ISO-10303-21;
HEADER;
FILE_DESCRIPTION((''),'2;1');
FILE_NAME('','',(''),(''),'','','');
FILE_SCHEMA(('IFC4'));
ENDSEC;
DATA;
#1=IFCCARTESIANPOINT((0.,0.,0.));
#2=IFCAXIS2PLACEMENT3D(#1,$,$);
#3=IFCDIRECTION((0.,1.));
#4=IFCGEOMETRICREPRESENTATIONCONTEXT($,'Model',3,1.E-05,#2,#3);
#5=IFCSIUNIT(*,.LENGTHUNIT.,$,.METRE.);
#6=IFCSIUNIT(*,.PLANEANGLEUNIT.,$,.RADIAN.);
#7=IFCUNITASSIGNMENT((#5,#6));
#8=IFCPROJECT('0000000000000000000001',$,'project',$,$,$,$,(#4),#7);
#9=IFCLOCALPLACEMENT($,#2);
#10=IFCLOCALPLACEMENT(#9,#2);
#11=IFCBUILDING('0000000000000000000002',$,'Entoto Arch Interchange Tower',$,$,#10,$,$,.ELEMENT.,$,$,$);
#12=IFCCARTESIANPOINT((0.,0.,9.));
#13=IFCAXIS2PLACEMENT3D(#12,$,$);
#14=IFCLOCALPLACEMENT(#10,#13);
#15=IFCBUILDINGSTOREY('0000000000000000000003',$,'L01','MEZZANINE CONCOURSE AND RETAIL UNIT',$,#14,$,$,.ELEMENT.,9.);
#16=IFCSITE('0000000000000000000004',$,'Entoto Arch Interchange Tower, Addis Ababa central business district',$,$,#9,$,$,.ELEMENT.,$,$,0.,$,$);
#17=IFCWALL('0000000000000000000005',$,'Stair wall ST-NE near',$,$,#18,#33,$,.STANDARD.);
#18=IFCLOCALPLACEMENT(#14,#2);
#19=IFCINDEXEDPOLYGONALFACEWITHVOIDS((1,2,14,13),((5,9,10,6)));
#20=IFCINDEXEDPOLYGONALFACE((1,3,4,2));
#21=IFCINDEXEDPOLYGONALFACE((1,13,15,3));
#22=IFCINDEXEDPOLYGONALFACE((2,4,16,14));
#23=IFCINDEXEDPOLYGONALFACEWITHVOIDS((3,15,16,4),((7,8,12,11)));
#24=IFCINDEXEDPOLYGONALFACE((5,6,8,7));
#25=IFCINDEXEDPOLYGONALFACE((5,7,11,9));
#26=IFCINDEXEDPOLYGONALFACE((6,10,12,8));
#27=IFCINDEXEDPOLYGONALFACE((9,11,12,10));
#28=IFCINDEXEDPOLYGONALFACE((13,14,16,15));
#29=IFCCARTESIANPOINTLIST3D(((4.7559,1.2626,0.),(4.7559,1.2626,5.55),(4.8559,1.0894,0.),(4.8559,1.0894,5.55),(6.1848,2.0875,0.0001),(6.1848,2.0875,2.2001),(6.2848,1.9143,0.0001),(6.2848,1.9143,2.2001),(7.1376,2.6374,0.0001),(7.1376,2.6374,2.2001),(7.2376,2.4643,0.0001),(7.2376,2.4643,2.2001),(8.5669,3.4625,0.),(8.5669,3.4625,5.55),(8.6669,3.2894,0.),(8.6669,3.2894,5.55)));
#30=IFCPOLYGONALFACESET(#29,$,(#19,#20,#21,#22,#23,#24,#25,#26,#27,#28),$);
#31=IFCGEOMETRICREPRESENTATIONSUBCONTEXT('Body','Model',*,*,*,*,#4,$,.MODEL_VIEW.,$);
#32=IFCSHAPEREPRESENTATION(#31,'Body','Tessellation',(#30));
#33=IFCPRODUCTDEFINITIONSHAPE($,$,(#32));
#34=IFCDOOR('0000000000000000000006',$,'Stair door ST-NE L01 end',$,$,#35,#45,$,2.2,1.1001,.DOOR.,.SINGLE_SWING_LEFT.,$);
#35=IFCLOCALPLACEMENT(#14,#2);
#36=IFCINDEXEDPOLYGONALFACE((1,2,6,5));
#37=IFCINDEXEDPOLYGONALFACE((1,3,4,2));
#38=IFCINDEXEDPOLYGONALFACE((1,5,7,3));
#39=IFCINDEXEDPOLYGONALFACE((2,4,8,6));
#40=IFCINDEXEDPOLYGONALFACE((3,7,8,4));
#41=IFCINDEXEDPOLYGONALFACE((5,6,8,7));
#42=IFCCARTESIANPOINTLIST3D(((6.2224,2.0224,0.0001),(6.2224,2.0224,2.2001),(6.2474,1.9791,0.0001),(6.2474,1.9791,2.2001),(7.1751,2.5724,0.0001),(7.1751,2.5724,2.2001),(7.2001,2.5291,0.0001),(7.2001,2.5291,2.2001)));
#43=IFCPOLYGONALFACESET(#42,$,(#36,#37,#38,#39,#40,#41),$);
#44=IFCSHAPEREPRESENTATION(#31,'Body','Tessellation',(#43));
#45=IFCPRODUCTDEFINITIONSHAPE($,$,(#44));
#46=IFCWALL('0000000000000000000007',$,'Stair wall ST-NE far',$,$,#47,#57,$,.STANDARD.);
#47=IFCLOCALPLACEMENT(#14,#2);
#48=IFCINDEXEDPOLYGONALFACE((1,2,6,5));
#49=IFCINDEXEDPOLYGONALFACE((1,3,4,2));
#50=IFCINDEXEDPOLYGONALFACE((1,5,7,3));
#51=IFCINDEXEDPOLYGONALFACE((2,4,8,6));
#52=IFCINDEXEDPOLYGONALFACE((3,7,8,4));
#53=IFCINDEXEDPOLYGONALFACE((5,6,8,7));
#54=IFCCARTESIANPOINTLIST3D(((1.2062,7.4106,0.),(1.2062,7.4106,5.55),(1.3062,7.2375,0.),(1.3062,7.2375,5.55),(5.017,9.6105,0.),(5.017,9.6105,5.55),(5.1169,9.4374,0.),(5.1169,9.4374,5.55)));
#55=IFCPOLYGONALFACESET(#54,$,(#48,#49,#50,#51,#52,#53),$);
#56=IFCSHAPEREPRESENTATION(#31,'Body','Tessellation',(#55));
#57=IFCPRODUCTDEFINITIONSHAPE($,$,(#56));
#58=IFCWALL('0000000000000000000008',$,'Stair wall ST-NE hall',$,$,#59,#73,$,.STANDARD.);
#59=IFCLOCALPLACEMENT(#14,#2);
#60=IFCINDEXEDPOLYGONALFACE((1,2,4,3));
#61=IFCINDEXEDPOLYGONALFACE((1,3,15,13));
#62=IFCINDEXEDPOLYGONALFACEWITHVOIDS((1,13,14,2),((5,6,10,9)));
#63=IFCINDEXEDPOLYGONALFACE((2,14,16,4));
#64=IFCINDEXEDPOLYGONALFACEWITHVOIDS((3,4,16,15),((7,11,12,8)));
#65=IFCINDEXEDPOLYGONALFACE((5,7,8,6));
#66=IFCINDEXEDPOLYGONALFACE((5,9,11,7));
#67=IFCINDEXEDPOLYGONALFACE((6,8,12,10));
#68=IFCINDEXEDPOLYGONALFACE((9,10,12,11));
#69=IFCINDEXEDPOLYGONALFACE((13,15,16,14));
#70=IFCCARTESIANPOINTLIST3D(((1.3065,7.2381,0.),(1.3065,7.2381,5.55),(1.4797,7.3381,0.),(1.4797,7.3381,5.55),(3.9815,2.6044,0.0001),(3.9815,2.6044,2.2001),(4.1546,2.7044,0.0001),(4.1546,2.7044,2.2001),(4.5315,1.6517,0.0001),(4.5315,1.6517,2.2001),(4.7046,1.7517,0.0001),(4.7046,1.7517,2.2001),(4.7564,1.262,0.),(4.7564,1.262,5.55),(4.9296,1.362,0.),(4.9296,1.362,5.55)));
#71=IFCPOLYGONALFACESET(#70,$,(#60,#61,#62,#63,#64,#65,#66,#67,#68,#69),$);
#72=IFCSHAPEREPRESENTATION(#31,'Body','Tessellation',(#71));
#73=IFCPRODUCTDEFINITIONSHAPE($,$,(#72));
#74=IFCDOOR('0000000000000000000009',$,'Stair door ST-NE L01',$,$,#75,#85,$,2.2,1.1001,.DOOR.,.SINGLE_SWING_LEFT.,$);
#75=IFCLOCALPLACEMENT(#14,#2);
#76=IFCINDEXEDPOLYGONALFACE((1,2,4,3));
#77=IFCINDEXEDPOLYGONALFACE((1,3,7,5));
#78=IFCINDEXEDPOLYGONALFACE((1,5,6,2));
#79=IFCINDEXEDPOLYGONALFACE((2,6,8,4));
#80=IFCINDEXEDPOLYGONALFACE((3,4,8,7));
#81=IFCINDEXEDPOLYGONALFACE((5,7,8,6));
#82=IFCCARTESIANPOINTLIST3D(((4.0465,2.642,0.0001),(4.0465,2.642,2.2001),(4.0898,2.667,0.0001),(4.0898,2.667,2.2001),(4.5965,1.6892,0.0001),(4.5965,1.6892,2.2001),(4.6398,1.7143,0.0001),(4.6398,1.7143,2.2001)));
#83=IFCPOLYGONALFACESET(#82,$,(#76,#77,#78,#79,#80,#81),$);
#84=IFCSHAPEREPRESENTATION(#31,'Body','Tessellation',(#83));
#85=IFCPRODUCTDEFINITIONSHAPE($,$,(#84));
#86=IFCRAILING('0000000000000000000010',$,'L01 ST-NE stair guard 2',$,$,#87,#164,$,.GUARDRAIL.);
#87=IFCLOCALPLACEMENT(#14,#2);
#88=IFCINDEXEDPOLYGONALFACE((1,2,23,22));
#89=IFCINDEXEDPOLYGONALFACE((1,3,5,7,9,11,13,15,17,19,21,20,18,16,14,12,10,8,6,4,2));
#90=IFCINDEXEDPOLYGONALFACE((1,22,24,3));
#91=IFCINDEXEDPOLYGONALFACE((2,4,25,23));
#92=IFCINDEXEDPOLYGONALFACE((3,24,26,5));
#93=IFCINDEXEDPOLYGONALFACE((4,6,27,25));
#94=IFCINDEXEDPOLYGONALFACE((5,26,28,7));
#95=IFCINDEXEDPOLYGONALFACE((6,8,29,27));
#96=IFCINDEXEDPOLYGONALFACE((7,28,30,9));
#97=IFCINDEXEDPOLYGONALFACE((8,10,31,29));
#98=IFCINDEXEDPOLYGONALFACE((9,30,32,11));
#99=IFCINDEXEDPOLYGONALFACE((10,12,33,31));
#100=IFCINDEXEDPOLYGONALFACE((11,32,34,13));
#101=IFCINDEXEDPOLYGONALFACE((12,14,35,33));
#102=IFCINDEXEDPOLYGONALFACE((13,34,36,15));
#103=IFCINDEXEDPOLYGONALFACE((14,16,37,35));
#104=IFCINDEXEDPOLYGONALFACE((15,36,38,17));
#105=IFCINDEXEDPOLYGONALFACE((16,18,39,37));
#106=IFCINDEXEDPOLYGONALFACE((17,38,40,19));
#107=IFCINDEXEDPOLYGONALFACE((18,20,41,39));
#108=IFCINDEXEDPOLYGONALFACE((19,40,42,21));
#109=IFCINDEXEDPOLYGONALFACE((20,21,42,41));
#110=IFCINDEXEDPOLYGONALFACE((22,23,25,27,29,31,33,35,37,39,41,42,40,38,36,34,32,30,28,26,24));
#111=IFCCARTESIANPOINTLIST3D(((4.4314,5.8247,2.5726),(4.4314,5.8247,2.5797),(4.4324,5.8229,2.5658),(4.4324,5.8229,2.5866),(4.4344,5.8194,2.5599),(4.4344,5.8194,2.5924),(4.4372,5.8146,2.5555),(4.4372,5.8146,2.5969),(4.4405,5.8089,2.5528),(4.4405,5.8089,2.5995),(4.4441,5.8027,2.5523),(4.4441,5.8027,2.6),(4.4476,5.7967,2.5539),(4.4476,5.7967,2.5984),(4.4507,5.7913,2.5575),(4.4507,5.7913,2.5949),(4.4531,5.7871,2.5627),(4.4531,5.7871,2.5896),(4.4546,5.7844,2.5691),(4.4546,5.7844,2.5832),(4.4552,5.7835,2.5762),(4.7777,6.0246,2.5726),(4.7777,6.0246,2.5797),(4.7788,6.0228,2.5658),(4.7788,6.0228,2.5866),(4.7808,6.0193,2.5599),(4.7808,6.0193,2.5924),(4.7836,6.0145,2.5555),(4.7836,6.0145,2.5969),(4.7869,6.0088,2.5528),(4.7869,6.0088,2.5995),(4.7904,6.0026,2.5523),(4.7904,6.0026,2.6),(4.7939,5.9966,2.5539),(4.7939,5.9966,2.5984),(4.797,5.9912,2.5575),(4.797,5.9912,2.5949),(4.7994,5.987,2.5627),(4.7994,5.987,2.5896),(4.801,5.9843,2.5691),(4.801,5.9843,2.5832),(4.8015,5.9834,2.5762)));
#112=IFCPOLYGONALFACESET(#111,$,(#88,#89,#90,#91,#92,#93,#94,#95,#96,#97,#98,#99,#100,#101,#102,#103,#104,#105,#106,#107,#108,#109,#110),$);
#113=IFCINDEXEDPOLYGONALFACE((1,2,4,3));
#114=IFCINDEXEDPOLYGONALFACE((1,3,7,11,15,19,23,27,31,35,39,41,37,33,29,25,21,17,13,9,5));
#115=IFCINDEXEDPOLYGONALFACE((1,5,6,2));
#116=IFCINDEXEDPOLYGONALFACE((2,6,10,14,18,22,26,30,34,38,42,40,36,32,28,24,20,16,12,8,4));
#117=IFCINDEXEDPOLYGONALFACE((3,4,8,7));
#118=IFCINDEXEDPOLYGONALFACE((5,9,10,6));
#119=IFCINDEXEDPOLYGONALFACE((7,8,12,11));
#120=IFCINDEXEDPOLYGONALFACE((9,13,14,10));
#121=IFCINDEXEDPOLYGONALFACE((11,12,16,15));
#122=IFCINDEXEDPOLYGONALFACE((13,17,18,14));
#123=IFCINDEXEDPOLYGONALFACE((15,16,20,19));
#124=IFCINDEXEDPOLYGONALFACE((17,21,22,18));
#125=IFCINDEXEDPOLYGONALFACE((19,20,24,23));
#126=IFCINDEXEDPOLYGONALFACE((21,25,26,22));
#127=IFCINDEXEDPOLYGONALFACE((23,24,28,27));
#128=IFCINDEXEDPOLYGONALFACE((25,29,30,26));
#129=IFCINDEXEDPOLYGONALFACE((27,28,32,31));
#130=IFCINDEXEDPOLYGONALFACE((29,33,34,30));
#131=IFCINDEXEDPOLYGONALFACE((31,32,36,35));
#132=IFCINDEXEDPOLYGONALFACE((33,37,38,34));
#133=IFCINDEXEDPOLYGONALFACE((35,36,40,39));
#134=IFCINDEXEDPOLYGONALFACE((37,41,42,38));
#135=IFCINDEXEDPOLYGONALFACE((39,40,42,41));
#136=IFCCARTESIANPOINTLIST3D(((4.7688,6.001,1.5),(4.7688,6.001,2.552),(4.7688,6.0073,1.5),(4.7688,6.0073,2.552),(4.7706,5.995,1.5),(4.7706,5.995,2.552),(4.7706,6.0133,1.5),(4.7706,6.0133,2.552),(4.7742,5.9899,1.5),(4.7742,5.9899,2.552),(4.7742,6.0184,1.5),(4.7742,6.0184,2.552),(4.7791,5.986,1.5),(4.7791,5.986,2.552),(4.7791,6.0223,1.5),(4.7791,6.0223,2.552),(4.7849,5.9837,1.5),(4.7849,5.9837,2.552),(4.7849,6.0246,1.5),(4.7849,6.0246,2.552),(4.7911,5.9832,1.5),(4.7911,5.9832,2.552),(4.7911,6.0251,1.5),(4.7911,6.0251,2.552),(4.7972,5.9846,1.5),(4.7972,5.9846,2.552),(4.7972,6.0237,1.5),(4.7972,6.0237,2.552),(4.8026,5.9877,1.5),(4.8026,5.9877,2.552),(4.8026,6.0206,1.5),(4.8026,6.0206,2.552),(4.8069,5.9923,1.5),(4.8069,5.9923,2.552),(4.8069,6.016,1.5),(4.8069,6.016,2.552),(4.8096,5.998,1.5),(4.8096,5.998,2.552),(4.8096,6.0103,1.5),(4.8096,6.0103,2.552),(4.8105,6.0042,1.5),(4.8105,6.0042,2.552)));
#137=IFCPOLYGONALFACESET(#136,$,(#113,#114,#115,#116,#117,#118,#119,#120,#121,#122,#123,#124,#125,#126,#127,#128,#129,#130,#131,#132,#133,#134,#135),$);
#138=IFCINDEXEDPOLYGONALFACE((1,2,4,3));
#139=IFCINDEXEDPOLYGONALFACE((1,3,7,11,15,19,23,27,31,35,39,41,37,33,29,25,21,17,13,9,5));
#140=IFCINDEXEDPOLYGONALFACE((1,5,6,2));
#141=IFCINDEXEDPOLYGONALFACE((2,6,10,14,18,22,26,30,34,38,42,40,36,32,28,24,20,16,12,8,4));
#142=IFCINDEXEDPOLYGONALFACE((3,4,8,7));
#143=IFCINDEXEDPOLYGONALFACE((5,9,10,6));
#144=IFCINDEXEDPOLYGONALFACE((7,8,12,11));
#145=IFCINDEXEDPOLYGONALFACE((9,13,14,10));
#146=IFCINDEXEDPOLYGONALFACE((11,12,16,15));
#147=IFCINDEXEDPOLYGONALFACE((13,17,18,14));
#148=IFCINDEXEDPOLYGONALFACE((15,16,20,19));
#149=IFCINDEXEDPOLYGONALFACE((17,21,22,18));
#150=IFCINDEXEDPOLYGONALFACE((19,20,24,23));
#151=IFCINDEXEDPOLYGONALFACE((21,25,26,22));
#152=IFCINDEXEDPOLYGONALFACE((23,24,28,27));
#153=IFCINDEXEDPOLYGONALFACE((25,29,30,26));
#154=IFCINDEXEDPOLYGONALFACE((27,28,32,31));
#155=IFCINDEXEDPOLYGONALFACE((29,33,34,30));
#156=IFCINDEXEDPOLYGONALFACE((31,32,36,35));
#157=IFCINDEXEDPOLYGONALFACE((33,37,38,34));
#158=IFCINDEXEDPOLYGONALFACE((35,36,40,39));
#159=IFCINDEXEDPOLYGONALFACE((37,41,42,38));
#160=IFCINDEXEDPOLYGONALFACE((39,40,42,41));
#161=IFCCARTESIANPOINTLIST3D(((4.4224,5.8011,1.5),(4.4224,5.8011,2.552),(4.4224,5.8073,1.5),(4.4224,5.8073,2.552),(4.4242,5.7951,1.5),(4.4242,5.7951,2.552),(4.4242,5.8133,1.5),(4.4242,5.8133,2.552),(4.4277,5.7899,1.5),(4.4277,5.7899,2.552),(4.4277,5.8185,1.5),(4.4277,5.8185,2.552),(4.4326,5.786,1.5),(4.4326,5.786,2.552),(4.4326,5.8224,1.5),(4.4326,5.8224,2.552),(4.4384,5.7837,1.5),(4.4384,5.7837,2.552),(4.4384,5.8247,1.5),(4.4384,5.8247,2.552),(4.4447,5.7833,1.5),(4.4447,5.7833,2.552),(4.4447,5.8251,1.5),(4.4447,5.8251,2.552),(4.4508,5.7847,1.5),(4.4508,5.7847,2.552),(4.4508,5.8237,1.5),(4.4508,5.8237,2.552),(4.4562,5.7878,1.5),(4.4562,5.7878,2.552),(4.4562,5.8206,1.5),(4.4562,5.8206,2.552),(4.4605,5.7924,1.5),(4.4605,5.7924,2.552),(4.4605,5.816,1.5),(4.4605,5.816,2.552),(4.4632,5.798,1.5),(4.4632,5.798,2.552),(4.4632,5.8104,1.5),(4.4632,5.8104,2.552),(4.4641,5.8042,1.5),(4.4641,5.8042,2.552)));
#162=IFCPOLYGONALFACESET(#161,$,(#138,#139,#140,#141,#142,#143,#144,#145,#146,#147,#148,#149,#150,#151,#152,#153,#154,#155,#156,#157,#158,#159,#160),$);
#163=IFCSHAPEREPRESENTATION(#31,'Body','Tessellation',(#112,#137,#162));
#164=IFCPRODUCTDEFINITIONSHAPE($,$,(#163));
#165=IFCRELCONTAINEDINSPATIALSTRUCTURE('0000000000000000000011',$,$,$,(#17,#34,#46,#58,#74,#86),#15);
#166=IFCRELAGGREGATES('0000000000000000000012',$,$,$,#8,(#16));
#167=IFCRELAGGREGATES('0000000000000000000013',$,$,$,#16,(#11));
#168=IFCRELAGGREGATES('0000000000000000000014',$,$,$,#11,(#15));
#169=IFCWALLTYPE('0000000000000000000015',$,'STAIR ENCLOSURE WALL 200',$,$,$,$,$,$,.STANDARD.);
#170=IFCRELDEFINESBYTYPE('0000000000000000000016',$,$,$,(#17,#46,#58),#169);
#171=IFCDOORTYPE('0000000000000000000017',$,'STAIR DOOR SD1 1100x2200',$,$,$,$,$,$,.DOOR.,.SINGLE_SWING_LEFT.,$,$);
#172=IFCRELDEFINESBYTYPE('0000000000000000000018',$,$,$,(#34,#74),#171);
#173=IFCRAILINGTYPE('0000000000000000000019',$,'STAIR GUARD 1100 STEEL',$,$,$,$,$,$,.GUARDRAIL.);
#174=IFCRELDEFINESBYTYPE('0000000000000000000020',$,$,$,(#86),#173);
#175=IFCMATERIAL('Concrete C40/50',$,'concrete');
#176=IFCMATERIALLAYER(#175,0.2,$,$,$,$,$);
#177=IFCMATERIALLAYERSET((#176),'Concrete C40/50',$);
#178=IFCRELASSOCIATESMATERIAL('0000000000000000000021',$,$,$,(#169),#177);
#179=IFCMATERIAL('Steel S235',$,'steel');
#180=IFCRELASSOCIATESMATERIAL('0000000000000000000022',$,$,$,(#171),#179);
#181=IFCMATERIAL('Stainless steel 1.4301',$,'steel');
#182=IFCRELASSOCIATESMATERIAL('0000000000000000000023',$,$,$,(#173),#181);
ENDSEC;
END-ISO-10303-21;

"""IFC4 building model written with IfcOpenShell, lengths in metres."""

from ifc_helpers import new_model, si_unit, direction, frame, frame_2d, origin, origin_2d, place, context, subcontext, project, spatial, rectangle, circle, extrude, material, layer, layer_set, type_object, element, fill, save


model = new_model("IFC4")

# Units and contexts
model_context = context("Model", 3, precision=1e-05, world=origin(), true_north=direction((0.0, 1.0)))
body_context = subcontext(model_context, "Body", "Model", "MODEL_VIEW")
ifc_project = project(units=[si_unit("LENGTHUNIT", "METRE"), si_unit("PLANEANGLEUNIT", "RADIAN")], contexts=[model_context])

# Site, building, storey
site_placement = place(None, origin())
site = spatial("IfcSite", under=ifc_project, at=site_placement, Name="Entoto Arch Interchange Tower, Addis Ababa central business district", CompositionType="ELEMENT", RefElevation=0.0)
building_placement = place(site_placement, origin())
building = spatial("IfcBuilding", under=site, at=building_placement, Name="Entoto Arch Interchange Tower", CompositionType="ELEMENT")
storey_placement = place(building_placement, frame((0.0, 0.0, 9.0)))
storey = spatial("IfcBuildingStorey", under=building, at=storey_placement, Name="L01", Description="MEZZANINE CONCOURSE AND RETAIL UNIT", CompositionType="ELEMENT", Elevation=9.0)

# Shared definitions
ifc_material_1 = material(Name="Concrete C40/50", Category="concrete")

# Wall, opening, door
ifc_layer_1 = layer(ifc_material_1, 0.2)
ifc_layer_set_1 = layer_set([ifc_layer_1], Name="Concrete C40/50")
wall_type_1 = type_object("IfcWallType", Name="STAIR ENCLOSURE WALL 200", PredefinedType="STANDARD", material=ifc_layer_set_1)
wall_1_placement = place(storey_placement, frame((4.8059, 1.176, 0.0), z_axis=(0.0, 0.0, 1.0), x_axis=(0.86606, 0.49994, 0.0)))
wall_1 = element("IfcWall", 1, at=wall_1_placement, inside=storey, type_object=wall_type_1, Name="Stair wall ST-NE near", PredefinedType="STANDARD", context=body_context, shape_type="SweptSolid", body=[
    extrude(rectangle(XDim=4.4004, YDim=0.2, at=frame_2d((2.2002, 0.0))), origin(), (0.0, 0.0, 1.0), 5.55),
])
opening_1_placement = place(wall_1_placement, frame((1.6499, 0.0, 0.0)))
opening_1 = element("IfcOpeningElement", 2, at=opening_1_placement, cuts=wall_1, PredefinedType="OPENING", context=body_context, shape_type="SweptSolid", body=[
    extrude(rectangle(XDim=1.1001, YDim=2.2, at=frame_2d((0.55, 1.1001))), frame((0.0, 0.1099, 0.0), z_axis=(0.0, -1.0, 0.0), x_axis=(1.0, 0.0, 0.0)), (0.0, 0.0, 1.0), 0.22),
])
ifc_material_2 = material(Name="Steel S235", Category="steel")
door_type = type_object("IfcDoorType", Name="STAIR DOOR SD1 1100x2200", OperationType="SINGLE_SWING_LEFT", PredefinedType="DOOR", material=ifc_material_2)
door_1_placement = place(opening_1_placement, origin())
door_1 = element("IfcDoor", 3, at=door_1_placement, inside=storey, type_object=door_type, Name="Stair door ST-NE L01 end", OperationType="SINGLE_SWING_LEFT", OverallHeight=2.2, OverallWidth=1.1001, PredefinedType="DOOR", context=body_context, shape_type="SweptSolid", body=[
    extrude(rectangle(XDim=1.1001, YDim=2.2, at=frame_2d((0.55, 1.1001))), frame((0.0, 0.0249, 0.0), z_axis=(0.0, -1.0, 0.0), x_axis=(1.0, 0.0, 0.0)), (0.0, 0.0, 1.0), 0.05),
])
fill(opening_1, door_1)

# Wall
wall_2_placement = place(storey_placement, frame((1.2561, 7.324, 0.0), z_axis=(0.0, 0.0, 1.0), x_axis=(0.866046, 0.499964, 0.0)))
element("IfcWall", 4, at=wall_2_placement, inside=storey, type_object=wall_type_1, Name="Stair wall ST-NE far", PredefinedType="STANDARD", context=body_context, shape_type="SweptSolid", body=[
    extrude(rectangle(XDim=4.4001, YDim=0.2, at=frame_2d((2.2002, 0.0))), origin(), (0.0, 0.0, 1.0), 5.55),
])

# Wall, opening, door
wall_3_placement = place(storey_placement, frame((4.843, 1.312, 0.0), z_axis=(0.0, 0.0, 1.0), x_axis=(-0.499963, 0.866047, 0.0)))
wall_3 = element("IfcWall", 5, at=wall_3_placement, inside=storey, type_object=wall_type_1, Name="Stair wall ST-NE hall", PredefinedType="STANDARD", context=body_context, shape_type="SweptSolid", body=[
    extrude(rectangle(XDim=6.9004, YDim=0.2, at=frame_2d((3.4502, 0.0))), origin(), (0.0, 0.0, 1.0), 5.55),
])
opening_2_placement = place(wall_3_placement, frame((0.45, 0.0, 0.0)))
opening_2 = element("IfcOpeningElement", 6, at=opening_2_placement, cuts=wall_3, PredefinedType="OPENING", context=body_context, shape_type="SweptSolid", body=[
    extrude(rectangle(XDim=1.1001, YDim=2.2, at=frame_2d((0.55, 1.1001))), frame((0.0, 0.1099, 0.0), z_axis=(0.0, -1.0, 0.0), x_axis=(1.0, 0.0, 0.0)), (0.0, 0.0, 1.0), 0.22),
])
door_2_placement = place(opening_2_placement, origin())
door_2 = element("IfcDoor", 7, at=door_2_placement, inside=storey, type_object=door_type, Name="Stair door ST-NE L01", OperationType="SINGLE_SWING_LEFT", OverallHeight=2.2, OverallWidth=1.1001, PredefinedType="DOOR", context=body_context, shape_type="SweptSolid", body=[
    extrude(rectangle(XDim=1.1001, YDim=2.2, at=frame_2d((0.55, 1.1001))), frame((0.0, 0.0249, 0.0), z_axis=(0.0, -1.0, 0.0), x_axis=(1.0, 0.0, 0.0)), (0.0, 0.0, 1.0), 0.05),
])
fill(opening_2, door_2)

# Railing
ifc_material_3 = material(Name="Stainless steel 1.4301", Category="steel")
railing_type_1 = type_object("IfcRailingType", Name="STAIR GUARD 1100 STEEL", PredefinedType="GUARDRAIL", material=ifc_material_3)
railing_1_placement = place(storey_placement, frame((4.7896, 6.0042, 1.5)))
element("IfcRailing", 8, at=railing_1_placement, inside=storey, type_object=railing_type_1, Name="L01 ST-NE stair guard 2", PredefinedType="GUARDRAIL", context=body_context, shape_type="SweptSolid", body=[
    extrude(circle(Radius=0.0239, at=origin_2d()), frame((0.0, 0.0, 1.0762), z_axis=(-0.866094, -0.499881, 0.0), x_axis=(0.499881, -0.866094, 0.0)), (0.0, 0.0, 1.0), 0.3999),
    extrude(circle(Radius=0.021, at=origin_2d()), origin(), (0.0, 0.0, 1.0), 1.052),
    extrude(circle(Radius=0.021, at=origin_2d()), frame((-0.3464, -0.2, 0.0)), (0.0, 0.0, 1.0), 1.052),
])

save(model, "model.ifc")
